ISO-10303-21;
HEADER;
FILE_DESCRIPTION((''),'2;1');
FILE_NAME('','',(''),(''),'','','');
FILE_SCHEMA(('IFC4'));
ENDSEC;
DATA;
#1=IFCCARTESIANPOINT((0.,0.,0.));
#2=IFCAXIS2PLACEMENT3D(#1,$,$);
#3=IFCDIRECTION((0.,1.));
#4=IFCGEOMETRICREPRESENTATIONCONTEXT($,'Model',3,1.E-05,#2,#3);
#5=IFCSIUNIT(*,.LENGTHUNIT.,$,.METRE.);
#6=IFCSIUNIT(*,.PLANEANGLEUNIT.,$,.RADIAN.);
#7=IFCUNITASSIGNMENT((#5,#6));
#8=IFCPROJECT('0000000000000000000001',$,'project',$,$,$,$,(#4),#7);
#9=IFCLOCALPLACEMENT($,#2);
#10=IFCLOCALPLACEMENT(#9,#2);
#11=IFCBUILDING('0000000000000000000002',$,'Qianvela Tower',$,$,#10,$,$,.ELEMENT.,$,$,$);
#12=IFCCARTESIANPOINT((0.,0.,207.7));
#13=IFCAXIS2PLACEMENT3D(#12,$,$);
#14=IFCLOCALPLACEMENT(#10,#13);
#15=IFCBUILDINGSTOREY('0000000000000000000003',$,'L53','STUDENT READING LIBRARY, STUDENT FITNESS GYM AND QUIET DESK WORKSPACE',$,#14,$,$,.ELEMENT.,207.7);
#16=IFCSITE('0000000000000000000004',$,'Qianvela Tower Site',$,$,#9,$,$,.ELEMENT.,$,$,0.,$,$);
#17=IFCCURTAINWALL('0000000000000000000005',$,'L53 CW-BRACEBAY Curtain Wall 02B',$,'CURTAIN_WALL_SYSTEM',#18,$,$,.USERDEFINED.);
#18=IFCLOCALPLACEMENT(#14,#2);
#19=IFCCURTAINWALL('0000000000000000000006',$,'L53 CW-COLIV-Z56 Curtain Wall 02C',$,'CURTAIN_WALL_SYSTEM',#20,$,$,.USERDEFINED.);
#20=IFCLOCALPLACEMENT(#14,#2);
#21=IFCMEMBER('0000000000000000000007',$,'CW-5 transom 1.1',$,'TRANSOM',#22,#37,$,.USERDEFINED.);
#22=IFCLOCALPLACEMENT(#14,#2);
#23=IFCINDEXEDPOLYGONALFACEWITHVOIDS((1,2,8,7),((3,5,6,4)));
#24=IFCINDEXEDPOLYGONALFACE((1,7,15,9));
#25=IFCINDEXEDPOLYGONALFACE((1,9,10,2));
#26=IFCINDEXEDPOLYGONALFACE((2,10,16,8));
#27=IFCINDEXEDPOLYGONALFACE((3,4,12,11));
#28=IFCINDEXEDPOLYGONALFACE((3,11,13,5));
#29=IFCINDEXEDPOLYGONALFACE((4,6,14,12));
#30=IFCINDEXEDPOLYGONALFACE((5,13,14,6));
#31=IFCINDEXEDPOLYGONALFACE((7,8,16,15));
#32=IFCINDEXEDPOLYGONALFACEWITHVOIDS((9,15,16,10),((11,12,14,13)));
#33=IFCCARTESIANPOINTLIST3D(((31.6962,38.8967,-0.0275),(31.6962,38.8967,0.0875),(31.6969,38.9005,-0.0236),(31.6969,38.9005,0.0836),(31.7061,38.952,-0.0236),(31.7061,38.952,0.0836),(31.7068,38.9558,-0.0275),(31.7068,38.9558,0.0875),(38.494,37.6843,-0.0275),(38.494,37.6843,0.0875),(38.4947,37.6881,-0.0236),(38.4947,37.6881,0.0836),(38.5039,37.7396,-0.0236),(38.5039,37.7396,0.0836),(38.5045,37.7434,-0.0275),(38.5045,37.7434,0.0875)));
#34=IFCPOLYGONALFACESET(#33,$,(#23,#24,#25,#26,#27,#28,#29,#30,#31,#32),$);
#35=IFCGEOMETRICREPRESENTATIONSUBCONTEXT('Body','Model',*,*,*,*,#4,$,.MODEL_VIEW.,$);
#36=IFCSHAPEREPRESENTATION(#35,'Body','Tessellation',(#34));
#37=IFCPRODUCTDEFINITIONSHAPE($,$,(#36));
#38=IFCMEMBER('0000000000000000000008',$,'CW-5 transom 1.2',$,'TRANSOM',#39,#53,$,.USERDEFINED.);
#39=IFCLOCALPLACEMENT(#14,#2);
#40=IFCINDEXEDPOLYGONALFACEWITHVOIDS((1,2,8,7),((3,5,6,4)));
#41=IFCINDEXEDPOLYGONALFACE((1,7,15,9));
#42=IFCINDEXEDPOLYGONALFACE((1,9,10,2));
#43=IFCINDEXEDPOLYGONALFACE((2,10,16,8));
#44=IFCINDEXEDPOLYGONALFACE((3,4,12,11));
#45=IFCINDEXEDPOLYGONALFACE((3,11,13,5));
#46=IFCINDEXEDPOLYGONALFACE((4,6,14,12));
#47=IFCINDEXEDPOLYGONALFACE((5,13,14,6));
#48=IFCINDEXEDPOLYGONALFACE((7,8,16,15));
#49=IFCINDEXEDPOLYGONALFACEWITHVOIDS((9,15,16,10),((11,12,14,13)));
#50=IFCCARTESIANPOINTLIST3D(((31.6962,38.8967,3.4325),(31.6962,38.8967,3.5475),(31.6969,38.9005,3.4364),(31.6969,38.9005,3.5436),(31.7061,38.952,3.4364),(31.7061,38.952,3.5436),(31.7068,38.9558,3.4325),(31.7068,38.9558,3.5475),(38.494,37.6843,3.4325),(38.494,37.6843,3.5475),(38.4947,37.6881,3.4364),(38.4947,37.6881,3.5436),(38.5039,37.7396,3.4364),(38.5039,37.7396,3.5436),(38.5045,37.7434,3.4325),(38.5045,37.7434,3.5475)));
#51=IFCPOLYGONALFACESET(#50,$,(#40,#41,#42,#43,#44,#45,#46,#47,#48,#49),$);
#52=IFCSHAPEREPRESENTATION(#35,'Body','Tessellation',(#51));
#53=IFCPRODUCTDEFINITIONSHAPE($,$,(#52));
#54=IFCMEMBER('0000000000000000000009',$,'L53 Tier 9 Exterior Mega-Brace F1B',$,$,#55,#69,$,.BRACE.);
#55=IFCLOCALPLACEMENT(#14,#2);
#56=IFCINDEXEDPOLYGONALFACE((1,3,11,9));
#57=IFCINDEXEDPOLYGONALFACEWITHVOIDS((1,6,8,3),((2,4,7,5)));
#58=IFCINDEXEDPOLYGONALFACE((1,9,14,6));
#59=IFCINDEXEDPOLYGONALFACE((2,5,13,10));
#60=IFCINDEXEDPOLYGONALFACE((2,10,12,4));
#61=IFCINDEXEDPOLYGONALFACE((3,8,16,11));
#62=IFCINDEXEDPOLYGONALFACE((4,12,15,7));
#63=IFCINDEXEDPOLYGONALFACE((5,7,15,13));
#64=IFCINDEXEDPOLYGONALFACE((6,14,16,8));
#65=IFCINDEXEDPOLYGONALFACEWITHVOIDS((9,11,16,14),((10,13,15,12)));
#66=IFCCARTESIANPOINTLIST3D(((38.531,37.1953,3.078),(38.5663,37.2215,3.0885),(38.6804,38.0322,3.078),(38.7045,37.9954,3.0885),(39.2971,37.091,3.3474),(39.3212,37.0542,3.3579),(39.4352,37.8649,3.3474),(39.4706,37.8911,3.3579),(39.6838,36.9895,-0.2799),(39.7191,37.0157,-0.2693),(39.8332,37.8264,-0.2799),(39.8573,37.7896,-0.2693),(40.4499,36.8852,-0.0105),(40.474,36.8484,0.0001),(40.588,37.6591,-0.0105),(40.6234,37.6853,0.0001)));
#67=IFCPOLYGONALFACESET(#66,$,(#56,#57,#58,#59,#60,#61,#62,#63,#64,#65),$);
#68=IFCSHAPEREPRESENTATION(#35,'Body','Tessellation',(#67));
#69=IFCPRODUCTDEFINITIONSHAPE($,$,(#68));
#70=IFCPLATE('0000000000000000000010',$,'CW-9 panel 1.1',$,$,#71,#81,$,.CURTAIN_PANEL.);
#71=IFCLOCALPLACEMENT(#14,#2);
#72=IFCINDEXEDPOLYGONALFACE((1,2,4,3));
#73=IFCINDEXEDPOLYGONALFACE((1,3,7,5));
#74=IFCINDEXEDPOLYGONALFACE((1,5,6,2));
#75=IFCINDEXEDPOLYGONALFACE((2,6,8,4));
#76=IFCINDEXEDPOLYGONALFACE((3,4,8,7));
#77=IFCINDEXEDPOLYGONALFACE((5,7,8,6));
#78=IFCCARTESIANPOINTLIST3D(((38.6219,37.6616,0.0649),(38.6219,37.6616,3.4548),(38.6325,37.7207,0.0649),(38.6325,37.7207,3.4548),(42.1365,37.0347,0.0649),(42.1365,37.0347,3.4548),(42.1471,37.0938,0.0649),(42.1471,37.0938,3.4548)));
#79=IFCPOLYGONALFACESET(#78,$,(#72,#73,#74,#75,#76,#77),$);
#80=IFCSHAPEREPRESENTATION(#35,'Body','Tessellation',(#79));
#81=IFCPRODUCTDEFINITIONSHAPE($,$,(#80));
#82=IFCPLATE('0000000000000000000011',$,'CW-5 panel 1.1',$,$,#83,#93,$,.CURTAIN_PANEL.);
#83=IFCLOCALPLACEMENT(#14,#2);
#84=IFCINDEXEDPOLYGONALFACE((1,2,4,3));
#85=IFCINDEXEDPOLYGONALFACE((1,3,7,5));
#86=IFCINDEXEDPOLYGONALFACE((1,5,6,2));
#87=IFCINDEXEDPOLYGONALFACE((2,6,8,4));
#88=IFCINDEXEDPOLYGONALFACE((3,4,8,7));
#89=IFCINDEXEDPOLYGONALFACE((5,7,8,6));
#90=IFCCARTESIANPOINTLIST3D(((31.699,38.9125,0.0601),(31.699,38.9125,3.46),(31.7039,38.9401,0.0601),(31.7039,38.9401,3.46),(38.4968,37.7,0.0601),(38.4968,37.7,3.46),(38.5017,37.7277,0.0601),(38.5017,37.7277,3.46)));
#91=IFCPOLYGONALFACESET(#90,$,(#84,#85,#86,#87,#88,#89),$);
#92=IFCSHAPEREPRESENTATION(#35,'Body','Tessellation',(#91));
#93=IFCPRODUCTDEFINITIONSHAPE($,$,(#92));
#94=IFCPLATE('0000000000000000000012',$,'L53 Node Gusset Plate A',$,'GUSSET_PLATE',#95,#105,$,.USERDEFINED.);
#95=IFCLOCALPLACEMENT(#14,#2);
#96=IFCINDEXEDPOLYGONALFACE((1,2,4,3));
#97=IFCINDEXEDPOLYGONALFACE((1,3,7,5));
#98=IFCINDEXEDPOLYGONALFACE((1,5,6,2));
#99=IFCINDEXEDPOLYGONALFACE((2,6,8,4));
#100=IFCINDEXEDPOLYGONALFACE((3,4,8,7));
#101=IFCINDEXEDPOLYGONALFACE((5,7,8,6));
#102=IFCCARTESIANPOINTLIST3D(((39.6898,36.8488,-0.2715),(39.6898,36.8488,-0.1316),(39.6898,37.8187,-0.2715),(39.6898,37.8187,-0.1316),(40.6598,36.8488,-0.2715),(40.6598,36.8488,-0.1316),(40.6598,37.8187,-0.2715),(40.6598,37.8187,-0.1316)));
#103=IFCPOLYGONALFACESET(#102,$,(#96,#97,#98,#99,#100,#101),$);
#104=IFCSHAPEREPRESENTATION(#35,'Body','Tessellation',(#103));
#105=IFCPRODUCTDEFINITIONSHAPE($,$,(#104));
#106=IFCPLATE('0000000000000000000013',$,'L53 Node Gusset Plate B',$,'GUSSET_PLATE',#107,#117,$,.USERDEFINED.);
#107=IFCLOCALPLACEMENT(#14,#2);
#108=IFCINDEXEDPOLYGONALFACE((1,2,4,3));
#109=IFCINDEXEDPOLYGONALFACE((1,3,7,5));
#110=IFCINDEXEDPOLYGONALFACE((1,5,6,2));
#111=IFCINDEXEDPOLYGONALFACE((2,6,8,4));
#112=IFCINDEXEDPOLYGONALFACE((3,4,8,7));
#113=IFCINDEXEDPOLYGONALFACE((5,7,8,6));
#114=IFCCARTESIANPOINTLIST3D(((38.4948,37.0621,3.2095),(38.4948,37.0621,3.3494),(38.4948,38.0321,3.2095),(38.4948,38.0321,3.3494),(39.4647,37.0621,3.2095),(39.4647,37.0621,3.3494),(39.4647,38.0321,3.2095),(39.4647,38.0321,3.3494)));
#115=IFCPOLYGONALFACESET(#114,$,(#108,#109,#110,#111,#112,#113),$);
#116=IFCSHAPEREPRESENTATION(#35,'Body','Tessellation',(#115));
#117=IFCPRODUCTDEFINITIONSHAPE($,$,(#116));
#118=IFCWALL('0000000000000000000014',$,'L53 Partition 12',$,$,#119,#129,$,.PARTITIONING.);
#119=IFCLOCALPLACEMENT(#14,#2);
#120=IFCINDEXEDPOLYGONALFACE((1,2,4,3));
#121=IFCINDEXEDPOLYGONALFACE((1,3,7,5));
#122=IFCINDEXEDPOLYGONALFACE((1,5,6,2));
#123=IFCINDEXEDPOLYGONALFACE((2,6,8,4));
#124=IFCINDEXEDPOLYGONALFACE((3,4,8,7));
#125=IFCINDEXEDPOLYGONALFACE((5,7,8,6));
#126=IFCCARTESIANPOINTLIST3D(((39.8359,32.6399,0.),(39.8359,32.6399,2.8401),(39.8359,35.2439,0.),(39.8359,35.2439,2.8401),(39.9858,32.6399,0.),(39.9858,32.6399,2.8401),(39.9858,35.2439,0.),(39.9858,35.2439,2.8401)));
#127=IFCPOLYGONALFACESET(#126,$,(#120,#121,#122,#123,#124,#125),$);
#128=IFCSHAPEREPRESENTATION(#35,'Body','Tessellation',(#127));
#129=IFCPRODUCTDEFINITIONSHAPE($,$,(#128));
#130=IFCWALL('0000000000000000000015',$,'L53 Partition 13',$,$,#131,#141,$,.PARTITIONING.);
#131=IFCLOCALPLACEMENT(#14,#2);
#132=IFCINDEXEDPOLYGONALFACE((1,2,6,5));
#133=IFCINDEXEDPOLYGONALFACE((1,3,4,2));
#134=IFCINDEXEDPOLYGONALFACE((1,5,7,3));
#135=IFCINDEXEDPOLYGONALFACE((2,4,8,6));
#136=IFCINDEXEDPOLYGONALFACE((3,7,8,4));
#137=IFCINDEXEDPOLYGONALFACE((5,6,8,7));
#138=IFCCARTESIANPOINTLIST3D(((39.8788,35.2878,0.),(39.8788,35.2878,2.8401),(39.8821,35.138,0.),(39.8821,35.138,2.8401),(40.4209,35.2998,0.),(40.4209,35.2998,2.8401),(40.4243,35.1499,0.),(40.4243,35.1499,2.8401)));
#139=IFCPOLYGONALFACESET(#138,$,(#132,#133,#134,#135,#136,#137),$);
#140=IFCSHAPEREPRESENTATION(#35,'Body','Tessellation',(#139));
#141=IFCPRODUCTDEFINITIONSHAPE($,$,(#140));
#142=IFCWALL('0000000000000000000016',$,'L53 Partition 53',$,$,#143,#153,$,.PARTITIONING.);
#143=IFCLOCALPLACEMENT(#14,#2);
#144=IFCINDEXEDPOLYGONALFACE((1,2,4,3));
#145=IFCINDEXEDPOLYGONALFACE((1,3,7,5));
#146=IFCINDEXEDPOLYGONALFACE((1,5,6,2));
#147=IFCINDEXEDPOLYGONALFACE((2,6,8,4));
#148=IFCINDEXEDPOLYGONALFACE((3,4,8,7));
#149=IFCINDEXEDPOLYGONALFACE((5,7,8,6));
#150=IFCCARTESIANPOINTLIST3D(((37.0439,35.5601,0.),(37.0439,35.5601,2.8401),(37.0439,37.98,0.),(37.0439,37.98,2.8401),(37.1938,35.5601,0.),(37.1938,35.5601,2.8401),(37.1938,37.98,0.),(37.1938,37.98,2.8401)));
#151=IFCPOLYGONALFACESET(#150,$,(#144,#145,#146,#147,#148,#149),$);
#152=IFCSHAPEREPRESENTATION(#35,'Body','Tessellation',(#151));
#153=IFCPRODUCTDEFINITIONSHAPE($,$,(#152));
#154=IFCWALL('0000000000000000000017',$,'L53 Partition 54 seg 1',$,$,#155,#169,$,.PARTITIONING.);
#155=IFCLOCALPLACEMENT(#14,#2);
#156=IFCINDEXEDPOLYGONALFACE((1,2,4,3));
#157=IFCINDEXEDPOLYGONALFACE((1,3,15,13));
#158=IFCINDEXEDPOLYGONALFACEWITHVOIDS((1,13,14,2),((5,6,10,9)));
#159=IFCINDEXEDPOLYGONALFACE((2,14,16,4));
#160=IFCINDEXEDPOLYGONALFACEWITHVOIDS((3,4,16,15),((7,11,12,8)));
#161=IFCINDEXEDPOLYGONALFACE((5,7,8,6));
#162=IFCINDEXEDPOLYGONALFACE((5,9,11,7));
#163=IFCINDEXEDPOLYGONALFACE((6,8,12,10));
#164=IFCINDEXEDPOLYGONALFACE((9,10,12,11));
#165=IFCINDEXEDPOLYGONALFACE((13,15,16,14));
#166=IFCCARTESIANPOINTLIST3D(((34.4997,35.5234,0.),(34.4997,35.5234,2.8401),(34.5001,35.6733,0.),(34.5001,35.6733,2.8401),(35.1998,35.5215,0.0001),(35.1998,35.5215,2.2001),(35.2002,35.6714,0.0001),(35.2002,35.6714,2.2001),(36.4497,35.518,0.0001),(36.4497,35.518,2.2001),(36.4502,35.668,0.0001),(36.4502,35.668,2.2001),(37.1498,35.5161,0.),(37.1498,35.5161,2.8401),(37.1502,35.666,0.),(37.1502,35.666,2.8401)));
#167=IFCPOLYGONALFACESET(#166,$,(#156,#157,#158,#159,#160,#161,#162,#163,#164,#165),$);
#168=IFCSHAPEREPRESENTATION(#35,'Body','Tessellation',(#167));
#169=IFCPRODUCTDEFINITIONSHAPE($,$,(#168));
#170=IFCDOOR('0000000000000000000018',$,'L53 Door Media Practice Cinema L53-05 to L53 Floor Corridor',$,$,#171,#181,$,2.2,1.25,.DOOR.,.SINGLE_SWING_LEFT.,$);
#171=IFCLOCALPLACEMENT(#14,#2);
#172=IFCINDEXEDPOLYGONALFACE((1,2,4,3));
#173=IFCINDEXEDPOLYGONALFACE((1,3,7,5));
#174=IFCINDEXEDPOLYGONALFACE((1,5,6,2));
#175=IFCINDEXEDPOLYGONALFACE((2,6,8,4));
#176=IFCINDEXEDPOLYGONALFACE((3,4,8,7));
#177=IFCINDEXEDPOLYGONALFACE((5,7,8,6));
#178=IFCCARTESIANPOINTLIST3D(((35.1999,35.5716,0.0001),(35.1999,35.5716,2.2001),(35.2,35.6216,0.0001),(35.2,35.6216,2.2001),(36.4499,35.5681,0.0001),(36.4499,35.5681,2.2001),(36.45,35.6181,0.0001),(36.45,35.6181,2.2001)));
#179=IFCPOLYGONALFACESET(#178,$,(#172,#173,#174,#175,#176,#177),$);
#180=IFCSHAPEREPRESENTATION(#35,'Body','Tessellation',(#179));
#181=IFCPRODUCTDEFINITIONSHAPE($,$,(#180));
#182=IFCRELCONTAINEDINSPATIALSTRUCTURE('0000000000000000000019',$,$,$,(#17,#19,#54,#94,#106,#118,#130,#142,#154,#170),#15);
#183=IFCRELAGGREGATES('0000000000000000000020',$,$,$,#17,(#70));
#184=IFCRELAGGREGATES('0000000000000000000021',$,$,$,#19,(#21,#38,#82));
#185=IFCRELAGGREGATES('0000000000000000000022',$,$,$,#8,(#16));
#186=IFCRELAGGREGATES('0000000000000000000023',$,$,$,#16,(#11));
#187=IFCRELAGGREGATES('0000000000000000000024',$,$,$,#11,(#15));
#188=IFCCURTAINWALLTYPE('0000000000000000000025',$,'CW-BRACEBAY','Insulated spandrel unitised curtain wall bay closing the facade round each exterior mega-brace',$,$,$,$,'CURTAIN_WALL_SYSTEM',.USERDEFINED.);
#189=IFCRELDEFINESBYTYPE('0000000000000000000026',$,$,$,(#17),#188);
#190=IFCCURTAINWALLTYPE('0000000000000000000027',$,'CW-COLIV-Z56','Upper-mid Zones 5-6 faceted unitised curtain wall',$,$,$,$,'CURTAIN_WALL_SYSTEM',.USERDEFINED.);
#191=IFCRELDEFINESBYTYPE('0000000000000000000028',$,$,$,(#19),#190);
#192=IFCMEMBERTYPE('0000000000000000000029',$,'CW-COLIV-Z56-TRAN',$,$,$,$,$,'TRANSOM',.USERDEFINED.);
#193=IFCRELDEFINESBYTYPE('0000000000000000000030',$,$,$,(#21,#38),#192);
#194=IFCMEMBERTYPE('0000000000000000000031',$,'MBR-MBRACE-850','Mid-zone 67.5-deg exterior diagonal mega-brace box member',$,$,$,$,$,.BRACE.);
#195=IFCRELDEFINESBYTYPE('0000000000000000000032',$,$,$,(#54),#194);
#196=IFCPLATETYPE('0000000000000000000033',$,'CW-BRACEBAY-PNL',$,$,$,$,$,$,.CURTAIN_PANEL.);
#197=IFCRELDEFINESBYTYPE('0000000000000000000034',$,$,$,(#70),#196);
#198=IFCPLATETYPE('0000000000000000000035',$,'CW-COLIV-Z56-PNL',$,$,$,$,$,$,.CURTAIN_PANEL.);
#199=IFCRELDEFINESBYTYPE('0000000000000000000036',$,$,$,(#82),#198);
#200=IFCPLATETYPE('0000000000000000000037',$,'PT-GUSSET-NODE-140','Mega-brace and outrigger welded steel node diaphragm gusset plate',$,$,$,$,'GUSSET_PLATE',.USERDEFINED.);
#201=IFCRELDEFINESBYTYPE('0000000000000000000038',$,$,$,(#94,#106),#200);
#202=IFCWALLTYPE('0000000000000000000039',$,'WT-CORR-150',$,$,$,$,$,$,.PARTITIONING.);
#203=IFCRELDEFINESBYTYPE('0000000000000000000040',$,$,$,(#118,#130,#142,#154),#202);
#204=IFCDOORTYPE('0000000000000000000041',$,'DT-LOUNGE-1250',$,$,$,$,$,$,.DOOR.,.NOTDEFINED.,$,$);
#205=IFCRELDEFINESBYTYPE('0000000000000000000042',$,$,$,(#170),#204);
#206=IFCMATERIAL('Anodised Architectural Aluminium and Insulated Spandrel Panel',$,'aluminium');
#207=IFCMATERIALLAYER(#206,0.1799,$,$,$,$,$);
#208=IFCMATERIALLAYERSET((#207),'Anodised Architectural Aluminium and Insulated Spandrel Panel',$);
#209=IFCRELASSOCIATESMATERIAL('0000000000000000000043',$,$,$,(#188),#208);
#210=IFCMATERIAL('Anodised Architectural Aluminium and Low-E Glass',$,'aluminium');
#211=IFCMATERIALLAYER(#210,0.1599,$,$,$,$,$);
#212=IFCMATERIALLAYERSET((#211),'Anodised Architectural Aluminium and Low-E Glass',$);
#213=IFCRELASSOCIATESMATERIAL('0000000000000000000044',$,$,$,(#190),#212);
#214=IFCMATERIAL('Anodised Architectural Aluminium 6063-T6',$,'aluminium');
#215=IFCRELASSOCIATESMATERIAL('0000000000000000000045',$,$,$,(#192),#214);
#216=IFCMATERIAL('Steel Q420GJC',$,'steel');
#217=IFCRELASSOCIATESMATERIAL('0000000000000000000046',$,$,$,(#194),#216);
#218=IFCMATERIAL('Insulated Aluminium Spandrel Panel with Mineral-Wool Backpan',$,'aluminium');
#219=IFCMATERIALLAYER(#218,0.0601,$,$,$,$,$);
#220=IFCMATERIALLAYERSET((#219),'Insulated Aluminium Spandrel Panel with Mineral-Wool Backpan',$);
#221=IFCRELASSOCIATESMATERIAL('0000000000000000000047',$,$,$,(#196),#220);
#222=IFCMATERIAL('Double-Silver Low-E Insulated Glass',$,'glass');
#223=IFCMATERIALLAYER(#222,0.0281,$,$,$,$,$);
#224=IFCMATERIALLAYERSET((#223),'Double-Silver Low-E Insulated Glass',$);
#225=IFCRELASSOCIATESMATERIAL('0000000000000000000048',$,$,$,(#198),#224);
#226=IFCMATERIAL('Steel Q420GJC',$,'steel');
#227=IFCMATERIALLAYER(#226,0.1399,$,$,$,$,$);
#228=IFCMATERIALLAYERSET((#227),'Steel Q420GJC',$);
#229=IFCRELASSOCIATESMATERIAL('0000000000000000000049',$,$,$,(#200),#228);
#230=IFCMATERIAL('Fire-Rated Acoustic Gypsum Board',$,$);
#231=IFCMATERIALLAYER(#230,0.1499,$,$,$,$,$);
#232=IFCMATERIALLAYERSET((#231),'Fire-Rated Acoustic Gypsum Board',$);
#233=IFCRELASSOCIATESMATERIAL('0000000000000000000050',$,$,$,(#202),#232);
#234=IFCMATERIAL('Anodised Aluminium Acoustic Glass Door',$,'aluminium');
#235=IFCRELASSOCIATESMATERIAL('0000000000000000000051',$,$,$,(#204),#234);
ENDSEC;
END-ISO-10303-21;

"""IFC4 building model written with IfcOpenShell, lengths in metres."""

from ifc_helpers import new_model, si_unit, direction, frame, frame_2d, origin, origin_2d, place, context, subcontext, project, spatial, rectangle, hollow_rectangle, extrude, material, layer, layer_set, material_profile, profile_set, type_object, element, fill, aggregate, save


model = new_model("IFC4")

# Units and contexts
model_context = context("Model", 3, precision=1e-05, world=origin(), true_north=direction((0.0, 1.0)))
body_context = subcontext(model_context, "Body", "Model", "MODEL_VIEW")
ifc_project = project(units=[si_unit("LENGTHUNIT", "METRE"), si_unit("PLANEANGLEUNIT", "RADIAN")], contexts=[model_context])

# Site, building, storey
site_placement = place(None, origin())
site = spatial("IfcSite", under=ifc_project, at=site_placement, Name="Qianvela Tower Site", CompositionType="ELEMENT", RefElevation=0.0)
building_placement = place(site_placement, origin())
building = spatial("IfcBuilding", under=site, at=building_placement, Name="Qianvela Tower", CompositionType="ELEMENT")
storey_placement = place(building_placement, frame((0.0, 0.0, 207.7)))
storey = spatial("IfcBuildingStorey", under=building, at=storey_placement, Name="L53", Description="STUDENT READING LIBRARY, STUDENT FITNESS GYM AND QUIET DESK WORKSPACE", CompositionType="ELEMENT", Elevation=207.7)

# Curtain wall
ifc_material_1 = material(Name="Anodised Architectural Aluminium and Insulated Spandrel Panel", Category="aluminium")
ifc_layer_1 = layer(ifc_material_1, 0.1799)
ifc_layer_set_1 = layer_set([ifc_layer_1], Name="Anodised Architectural Aluminium and Insulated Spandrel Panel")
curtain_wall_type_1 = type_object("IfcCurtainWallType", Name="CW-BRACEBAY", Description="Insulated spandrel unitised curtain wall bay closing the facade round each exterior mega-brace", ElementType="CURTAIN_WALL_SYSTEM", PredefinedType="USERDEFINED", material=ifc_layer_set_1)
curtain_wall_1_placement = place(storey_placement, origin())
curtain_wall_1 = element("IfcCurtainWall", 1, at=curtain_wall_1_placement, inside=storey, type_object=curtain_wall_type_1, Name="L53 CW-BRACEBAY Curtain Wall 02B", ObjectType="CURTAIN_WALL_SYSTEM", PredefinedType="USERDEFINED")

# Curtain wall, members
ifc_material_2 = material(Name="Anodised Architectural Aluminium and Low-E Glass", Category="aluminium")
ifc_layer_2 = layer(ifc_material_2, 0.1599)
ifc_layer_set_2 = layer_set([ifc_layer_2], Name="Anodised Architectural Aluminium and Low-E Glass")
curtain_wall_type_2 = type_object("IfcCurtainWallType", Name="CW-COLIV-Z56", Description="Upper-mid Zones 5-6 faceted unitised curtain wall", ElementType="CURTAIN_WALL_SYSTEM", PredefinedType="USERDEFINED", material=ifc_layer_set_2)
curtain_wall_2_placement = place(storey_placement, origin())
curtain_wall_2 = element("IfcCurtainWall", 2, at=curtain_wall_2_placement, inside=storey, type_object=curtain_wall_type_2, Name="L53 CW-COLIV-Z56 Curtain Wall 02C", ObjectType="CURTAIN_WALL_SYSTEM", PredefinedType="USERDEFINED")
ifc_material_3 = material(Name="Anodised Architectural Aluminium 6063-T6", Category="aluminium")
ifc_material_profile_1 = material_profile(ifc_material_3, hollow_rectangle(XDim=0.0601, YDim=0.115, WallThickness=0.0039, at=origin_2d()), Name="ALU-TRAN-60x115")
ifc_profile_set_1 = profile_set([ifc_material_profile_1], Name="Anodised Architectural Aluminium 6063-T6")
member_type_1 = type_object("IfcMemberType", Name="CW-COLIV-Z56-TRAN", ElementType="TRANSOM", PredefinedType="USERDEFINED", material=ifc_profile_set_1)
member_1_placement = place(storey_placement, frame((38.4993, 37.7139, 0.03), z_axis=(-0.984465, 0.17558, 0.0), x_axis=(-0.17558, -0.984465, 0.0)))
member_1 = element("IfcMember", 3, at=member_1_placement, type_object=member_type_1, Name="CW-5 transom 1.1", ObjectType="TRANSOM", PredefinedType="USERDEFINED", context=body_context, shape_type="SweptSolid", body=[
    extrude(hollow_rectangle(XDim=0.0601, YDim=0.115, WallThickness=0.0039, at=origin_2d()), origin(), (0.0, 0.0, 1.0), 6.905),
])
member_2_placement = place(storey_placement, frame((38.4993, 37.7139, 3.49), z_axis=(-0.984465, 0.17558, 0.0), x_axis=(-0.17558, -0.984465, 0.0)))
member_2 = element("IfcMember", 4, at=member_2_placement, type_object=member_type_1, Name="CW-5 transom 1.2", ObjectType="TRANSOM", PredefinedType="USERDEFINED", context=body_context, shape_type="SweptSolid", body=[
    extrude(hollow_rectangle(XDim=0.0601, YDim=0.115, WallThickness=0.0039, at=origin_2d()), origin(), (0.0, 0.0, 1.0), 6.905),
])

# Member
ifc_material_4 = material(Name="Steel Q420GJC", Category="steel")
ifc_material_profile_2 = material_profile(ifc_material_4, hollow_rectangle(XDim=0.8501, YDim=0.8501, WallThickness=0.032, at=origin_2d()), Name="MBOX-850x850x32")
ifc_profile_set_2 = profile_set([ifc_material_profile_2], Name="Steel Q420GJC")
member_type_2 = type_object("IfcMemberType", Name="MBR-MBRACE-850", Description="Mid-zone 67.5-deg exterior diagonal mega-brace box member", PredefinedType="BRACE", material=ifc_profile_set_2)
member_3_placement = place(storey_placement, frame((40.1536, 37.3374, -0.1399), z_axis=(-0.32417, 0.057873, 0.944227), x_axis=(-0.175747, -0.984435, 0.0)))
element("IfcMember", 5, at=member_3_placement, inside=storey, type_object=member_type_2, Name="L53 Tier 9 Exterior Mega-Brace F1B", PredefinedType="BRACE", context=body_context, shape_type="SweptSolid", body=[
    extrude(hollow_rectangle(XDim=0.8501, YDim=0.8501, WallThickness=0.032, at=origin_2d()), origin(), (0.0, 0.0, 1.0), 3.5562),
])

# Plates
ifc_material_5 = material(Name="Insulated Aluminium Spandrel Panel with Mineral-Wool Backpan", Category="aluminium")
ifc_layer_3 = layer(ifc_material_5, 0.0601)
ifc_layer_set_3 = layer_set([ifc_layer_3], Name="Insulated Aluminium Spandrel Panel with Mineral-Wool Backpan")
plate_type_1 = type_object("IfcPlateType", Name="CW-BRACEBAY-PNL", PredefinedType="CURTAIN_PANEL", material=ifc_layer_set_3)
plate_1_placement = place(storey_placement, frame((40.3845, 37.3777, 0.0649), z_axis=(0.0, 0.0, 1.0), x_axis=(-0.984462, 0.175595, 0.0)))
plate_1 = element("IfcPlate", 6, at=plate_1_placement, type_object=plate_type_1, Name="CW-9 panel 1.1", PredefinedType="CURTAIN_PANEL", context=body_context, shape_type="SweptSolid", body=[
    extrude(rectangle(XDim=3.5701, YDim=0.0601, at=origin_2d()), origin(), (0.0, 0.0, 1.0), 3.3899),
])
aggregate(curtain_wall_1, [plate_1])
ifc_material_6 = material(Name="Double-Silver Low-E Insulated Glass", Category="glass")
ifc_layer_4 = layer(ifc_material_6, 0.0281)
ifc_layer_set_4 = layer_set([ifc_layer_4], Name="Double-Silver Low-E Insulated Glass")
plate_type_2 = type_object("IfcPlateType", Name="CW-COLIV-Z56-PNL", PredefinedType="CURTAIN_PANEL", material=ifc_layer_set_4)
plate_2_placement = place(storey_placement, frame((35.1003, 38.3201, 0.0601), z_axis=(0.0, 0.0, 1.0), x_axis=(-0.984464, 0.175586, 0.0)))
plate_2 = element("IfcPlate", 7, at=plate_2_placement, type_object=plate_type_2, Name="CW-5 panel 1.1", PredefinedType="CURTAIN_PANEL", context=body_context, shape_type="SweptSolid", body=[
    extrude(rectangle(XDim=6.905, YDim=0.0281, at=origin_2d()), origin(), (0.0, 0.0, 1.0), 3.3999),
])
aggregate(curtain_wall_2, [member_1, member_2, plate_2])

# Plates
ifc_material_7 = material(Name="Steel Q420GJC", Category="steel")
ifc_layer_5 = layer(ifc_material_7, 0.1399)
ifc_layer_set_5 = layer_set([ifc_layer_5], Name="Steel Q420GJC")
plate_type_3 = type_object("IfcPlateType", Name="PT-GUSSET-NODE-140", Description="Mega-brace and outrigger welded steel node diaphragm gusset plate", ElementType="GUSSET_PLATE", PredefinedType="USERDEFINED", material=ifc_layer_set_5)
for number, where, z_axis, x_axis, name in (
    (8, (40.1748, 37.3337, -0.2715), (0.0, 0.0, 1.0), (1.0, 0.0, 0.0), "L53 Node Gusset Plate A"),
    (9, (38.9797, 37.5471, 3.2095), (0.0, 0.0, 1.0), (1.0, 0.0, 0.0), "L53 Node Gusset Plate B"),
):
    element("IfcPlate", number, at=place(storey_placement, frame(where, z_axis=z_axis, x_axis=x_axis)), inside=storey, type_object=plate_type_3, Name=name, ObjectType="GUSSET_PLATE", PredefinedType="USERDEFINED", context=body_context, shape_type="SweptSolid", body=[
        extrude(rectangle(XDim=0.97, YDim=0.97, at=origin_2d()), origin(), (0.0, 0.0, 1.0), 0.1399),
    ])

# Walls
ifc_material_8 = material(Name="Fire-Rated Acoustic Gypsum Board")
ifc_layer_6 = layer(ifc_material_8, 0.1499)
ifc_layer_set_6 = layer_set([ifc_layer_6], Name="Fire-Rated Acoustic Gypsum Board")
wall_type_1 = type_object("IfcWallType", Name="WT-CORR-150", PredefinedType="PARTITIONING", material=ifc_layer_set_6)
wall_1_placement = place(storey_placement, frame((39.9109, 32.6399, 0.0), z_axis=(0.0, 0.0, 1.0), x_axis=(0.0, 1.0, 0.0)))
element("IfcWall", 10, at=wall_1_placement, inside=storey, type_object=wall_type_1, Name="L53 Partition 12", PredefinedType="PARTITIONING", context=body_context, shape_type="SweptSolid", body=[
    extrude(rectangle(XDim=2.604, YDim=0.1499, at=frame_2d((1.302, 0.0))), origin(), (0.0, 0.0, 1.0), 2.8401),
])
wall_2_placement = place(storey_placement, frame((39.8806, 35.2129, 0.0), z_axis=(0.0, 0.0, 1.0), x_axis=(0.999757, 0.022067, 0.0)))
element("IfcWall", 11, at=wall_2_placement, inside=storey, type_object=wall_type_1, Name="L53 Partition 13", PredefinedType="PARTITIONING", context=body_context, shape_type="SweptSolid", body=[
    extrude(rectangle(XDim=0.5422, YDim=0.1499, at=frame_2d((0.271, 0.0))), origin(), (0.0, 0.0, 1.0), 2.8401),
])
wall_3_placement = place(storey_placement, frame((37.1189, 37.98, 0.0), z_axis=(0.0, 0.0, 1.0), x_axis=(0.0, -1.0, 0.0)))
element("IfcWall", 12, at=wall_3_placement, inside=storey, type_object=wall_type_1, Name="L53 Partition 53", PredefinedType="PARTITIONING", context=body_context, shape_type="SweptSolid", body=[
    extrude(rectangle(XDim=2.4199, YDim=0.1499, at=frame_2d((1.21, 0.0))), origin(), (0.0, 0.0, 1.0), 2.8401),
])

# Wall, opening, door
wall_4_placement = place(storey_placement, frame((37.1501, 35.5911, 0.0), z_axis=(0.0, 0.0, 1.0), x_axis=(-0.999996, 0.002764, 0.0)))
wall_4 = element("IfcWall", 13, at=wall_4_placement, inside=storey, type_object=wall_type_1, Name="L53 Partition 54 seg 1", PredefinedType="PARTITIONING", context=body_context, shape_type="SweptSolid", body=[
    extrude(rectangle(XDim=2.6501, YDim=0.1499, at=frame_2d((1.3252, 0.0))), origin(), (0.0, 0.0, 1.0), 2.8401),
])
opening_1_placement = place(wall_4_placement, frame((0.7002, 0.0, 0.0)))
opening_1 = element("IfcOpeningElement", 14, at=opening_1_placement, cuts=wall_4, PredefinedType="OPENING", context=body_context, shape_type="SweptSolid", body=[
    extrude(rectangle(XDim=1.25, YDim=2.2, at=frame_2d((0.625, 1.1001))), frame((0.0, 0.085, 0.0), z_axis=(0.0, -1.0, 0.0), x_axis=(1.0, 0.0, 0.0)), (0.0, 0.0, 1.0), 0.1699),
])
ifc_material_9 = material(Name="Anodised Aluminium Acoustic Glass Door", Category="aluminium")
door_type_1 = type_object("IfcDoorType", Name="DT-LOUNGE-1250", OperationType="NOTDEFINED", PredefinedType="DOOR", material=ifc_material_9)
door_1_placement = place(opening_1_placement, origin())
door_1 = element("IfcDoor", 15, at=door_1_placement, inside=storey, type_object=door_type_1, Name="L53 Door Media Practice Cinema L53-05 to L53 Floor Corridor", OperationType="SINGLE_SWING_LEFT", OverallHeight=2.2, OverallWidth=1.25, PredefinedType="DOOR", context=body_context, shape_type="SweptSolid", body=[
    extrude(rectangle(XDim=1.25, YDim=2.2, at=frame_2d((0.625, 1.1001))), frame((0.0, 0.0249, 0.0), z_axis=(0.0, -1.0, 0.0), x_axis=(1.0, 0.0, 0.0)), (0.0, 0.0, 1.0), 0.05),
])
fill(opening_1, door_1)

save(model, "model.ifc")
